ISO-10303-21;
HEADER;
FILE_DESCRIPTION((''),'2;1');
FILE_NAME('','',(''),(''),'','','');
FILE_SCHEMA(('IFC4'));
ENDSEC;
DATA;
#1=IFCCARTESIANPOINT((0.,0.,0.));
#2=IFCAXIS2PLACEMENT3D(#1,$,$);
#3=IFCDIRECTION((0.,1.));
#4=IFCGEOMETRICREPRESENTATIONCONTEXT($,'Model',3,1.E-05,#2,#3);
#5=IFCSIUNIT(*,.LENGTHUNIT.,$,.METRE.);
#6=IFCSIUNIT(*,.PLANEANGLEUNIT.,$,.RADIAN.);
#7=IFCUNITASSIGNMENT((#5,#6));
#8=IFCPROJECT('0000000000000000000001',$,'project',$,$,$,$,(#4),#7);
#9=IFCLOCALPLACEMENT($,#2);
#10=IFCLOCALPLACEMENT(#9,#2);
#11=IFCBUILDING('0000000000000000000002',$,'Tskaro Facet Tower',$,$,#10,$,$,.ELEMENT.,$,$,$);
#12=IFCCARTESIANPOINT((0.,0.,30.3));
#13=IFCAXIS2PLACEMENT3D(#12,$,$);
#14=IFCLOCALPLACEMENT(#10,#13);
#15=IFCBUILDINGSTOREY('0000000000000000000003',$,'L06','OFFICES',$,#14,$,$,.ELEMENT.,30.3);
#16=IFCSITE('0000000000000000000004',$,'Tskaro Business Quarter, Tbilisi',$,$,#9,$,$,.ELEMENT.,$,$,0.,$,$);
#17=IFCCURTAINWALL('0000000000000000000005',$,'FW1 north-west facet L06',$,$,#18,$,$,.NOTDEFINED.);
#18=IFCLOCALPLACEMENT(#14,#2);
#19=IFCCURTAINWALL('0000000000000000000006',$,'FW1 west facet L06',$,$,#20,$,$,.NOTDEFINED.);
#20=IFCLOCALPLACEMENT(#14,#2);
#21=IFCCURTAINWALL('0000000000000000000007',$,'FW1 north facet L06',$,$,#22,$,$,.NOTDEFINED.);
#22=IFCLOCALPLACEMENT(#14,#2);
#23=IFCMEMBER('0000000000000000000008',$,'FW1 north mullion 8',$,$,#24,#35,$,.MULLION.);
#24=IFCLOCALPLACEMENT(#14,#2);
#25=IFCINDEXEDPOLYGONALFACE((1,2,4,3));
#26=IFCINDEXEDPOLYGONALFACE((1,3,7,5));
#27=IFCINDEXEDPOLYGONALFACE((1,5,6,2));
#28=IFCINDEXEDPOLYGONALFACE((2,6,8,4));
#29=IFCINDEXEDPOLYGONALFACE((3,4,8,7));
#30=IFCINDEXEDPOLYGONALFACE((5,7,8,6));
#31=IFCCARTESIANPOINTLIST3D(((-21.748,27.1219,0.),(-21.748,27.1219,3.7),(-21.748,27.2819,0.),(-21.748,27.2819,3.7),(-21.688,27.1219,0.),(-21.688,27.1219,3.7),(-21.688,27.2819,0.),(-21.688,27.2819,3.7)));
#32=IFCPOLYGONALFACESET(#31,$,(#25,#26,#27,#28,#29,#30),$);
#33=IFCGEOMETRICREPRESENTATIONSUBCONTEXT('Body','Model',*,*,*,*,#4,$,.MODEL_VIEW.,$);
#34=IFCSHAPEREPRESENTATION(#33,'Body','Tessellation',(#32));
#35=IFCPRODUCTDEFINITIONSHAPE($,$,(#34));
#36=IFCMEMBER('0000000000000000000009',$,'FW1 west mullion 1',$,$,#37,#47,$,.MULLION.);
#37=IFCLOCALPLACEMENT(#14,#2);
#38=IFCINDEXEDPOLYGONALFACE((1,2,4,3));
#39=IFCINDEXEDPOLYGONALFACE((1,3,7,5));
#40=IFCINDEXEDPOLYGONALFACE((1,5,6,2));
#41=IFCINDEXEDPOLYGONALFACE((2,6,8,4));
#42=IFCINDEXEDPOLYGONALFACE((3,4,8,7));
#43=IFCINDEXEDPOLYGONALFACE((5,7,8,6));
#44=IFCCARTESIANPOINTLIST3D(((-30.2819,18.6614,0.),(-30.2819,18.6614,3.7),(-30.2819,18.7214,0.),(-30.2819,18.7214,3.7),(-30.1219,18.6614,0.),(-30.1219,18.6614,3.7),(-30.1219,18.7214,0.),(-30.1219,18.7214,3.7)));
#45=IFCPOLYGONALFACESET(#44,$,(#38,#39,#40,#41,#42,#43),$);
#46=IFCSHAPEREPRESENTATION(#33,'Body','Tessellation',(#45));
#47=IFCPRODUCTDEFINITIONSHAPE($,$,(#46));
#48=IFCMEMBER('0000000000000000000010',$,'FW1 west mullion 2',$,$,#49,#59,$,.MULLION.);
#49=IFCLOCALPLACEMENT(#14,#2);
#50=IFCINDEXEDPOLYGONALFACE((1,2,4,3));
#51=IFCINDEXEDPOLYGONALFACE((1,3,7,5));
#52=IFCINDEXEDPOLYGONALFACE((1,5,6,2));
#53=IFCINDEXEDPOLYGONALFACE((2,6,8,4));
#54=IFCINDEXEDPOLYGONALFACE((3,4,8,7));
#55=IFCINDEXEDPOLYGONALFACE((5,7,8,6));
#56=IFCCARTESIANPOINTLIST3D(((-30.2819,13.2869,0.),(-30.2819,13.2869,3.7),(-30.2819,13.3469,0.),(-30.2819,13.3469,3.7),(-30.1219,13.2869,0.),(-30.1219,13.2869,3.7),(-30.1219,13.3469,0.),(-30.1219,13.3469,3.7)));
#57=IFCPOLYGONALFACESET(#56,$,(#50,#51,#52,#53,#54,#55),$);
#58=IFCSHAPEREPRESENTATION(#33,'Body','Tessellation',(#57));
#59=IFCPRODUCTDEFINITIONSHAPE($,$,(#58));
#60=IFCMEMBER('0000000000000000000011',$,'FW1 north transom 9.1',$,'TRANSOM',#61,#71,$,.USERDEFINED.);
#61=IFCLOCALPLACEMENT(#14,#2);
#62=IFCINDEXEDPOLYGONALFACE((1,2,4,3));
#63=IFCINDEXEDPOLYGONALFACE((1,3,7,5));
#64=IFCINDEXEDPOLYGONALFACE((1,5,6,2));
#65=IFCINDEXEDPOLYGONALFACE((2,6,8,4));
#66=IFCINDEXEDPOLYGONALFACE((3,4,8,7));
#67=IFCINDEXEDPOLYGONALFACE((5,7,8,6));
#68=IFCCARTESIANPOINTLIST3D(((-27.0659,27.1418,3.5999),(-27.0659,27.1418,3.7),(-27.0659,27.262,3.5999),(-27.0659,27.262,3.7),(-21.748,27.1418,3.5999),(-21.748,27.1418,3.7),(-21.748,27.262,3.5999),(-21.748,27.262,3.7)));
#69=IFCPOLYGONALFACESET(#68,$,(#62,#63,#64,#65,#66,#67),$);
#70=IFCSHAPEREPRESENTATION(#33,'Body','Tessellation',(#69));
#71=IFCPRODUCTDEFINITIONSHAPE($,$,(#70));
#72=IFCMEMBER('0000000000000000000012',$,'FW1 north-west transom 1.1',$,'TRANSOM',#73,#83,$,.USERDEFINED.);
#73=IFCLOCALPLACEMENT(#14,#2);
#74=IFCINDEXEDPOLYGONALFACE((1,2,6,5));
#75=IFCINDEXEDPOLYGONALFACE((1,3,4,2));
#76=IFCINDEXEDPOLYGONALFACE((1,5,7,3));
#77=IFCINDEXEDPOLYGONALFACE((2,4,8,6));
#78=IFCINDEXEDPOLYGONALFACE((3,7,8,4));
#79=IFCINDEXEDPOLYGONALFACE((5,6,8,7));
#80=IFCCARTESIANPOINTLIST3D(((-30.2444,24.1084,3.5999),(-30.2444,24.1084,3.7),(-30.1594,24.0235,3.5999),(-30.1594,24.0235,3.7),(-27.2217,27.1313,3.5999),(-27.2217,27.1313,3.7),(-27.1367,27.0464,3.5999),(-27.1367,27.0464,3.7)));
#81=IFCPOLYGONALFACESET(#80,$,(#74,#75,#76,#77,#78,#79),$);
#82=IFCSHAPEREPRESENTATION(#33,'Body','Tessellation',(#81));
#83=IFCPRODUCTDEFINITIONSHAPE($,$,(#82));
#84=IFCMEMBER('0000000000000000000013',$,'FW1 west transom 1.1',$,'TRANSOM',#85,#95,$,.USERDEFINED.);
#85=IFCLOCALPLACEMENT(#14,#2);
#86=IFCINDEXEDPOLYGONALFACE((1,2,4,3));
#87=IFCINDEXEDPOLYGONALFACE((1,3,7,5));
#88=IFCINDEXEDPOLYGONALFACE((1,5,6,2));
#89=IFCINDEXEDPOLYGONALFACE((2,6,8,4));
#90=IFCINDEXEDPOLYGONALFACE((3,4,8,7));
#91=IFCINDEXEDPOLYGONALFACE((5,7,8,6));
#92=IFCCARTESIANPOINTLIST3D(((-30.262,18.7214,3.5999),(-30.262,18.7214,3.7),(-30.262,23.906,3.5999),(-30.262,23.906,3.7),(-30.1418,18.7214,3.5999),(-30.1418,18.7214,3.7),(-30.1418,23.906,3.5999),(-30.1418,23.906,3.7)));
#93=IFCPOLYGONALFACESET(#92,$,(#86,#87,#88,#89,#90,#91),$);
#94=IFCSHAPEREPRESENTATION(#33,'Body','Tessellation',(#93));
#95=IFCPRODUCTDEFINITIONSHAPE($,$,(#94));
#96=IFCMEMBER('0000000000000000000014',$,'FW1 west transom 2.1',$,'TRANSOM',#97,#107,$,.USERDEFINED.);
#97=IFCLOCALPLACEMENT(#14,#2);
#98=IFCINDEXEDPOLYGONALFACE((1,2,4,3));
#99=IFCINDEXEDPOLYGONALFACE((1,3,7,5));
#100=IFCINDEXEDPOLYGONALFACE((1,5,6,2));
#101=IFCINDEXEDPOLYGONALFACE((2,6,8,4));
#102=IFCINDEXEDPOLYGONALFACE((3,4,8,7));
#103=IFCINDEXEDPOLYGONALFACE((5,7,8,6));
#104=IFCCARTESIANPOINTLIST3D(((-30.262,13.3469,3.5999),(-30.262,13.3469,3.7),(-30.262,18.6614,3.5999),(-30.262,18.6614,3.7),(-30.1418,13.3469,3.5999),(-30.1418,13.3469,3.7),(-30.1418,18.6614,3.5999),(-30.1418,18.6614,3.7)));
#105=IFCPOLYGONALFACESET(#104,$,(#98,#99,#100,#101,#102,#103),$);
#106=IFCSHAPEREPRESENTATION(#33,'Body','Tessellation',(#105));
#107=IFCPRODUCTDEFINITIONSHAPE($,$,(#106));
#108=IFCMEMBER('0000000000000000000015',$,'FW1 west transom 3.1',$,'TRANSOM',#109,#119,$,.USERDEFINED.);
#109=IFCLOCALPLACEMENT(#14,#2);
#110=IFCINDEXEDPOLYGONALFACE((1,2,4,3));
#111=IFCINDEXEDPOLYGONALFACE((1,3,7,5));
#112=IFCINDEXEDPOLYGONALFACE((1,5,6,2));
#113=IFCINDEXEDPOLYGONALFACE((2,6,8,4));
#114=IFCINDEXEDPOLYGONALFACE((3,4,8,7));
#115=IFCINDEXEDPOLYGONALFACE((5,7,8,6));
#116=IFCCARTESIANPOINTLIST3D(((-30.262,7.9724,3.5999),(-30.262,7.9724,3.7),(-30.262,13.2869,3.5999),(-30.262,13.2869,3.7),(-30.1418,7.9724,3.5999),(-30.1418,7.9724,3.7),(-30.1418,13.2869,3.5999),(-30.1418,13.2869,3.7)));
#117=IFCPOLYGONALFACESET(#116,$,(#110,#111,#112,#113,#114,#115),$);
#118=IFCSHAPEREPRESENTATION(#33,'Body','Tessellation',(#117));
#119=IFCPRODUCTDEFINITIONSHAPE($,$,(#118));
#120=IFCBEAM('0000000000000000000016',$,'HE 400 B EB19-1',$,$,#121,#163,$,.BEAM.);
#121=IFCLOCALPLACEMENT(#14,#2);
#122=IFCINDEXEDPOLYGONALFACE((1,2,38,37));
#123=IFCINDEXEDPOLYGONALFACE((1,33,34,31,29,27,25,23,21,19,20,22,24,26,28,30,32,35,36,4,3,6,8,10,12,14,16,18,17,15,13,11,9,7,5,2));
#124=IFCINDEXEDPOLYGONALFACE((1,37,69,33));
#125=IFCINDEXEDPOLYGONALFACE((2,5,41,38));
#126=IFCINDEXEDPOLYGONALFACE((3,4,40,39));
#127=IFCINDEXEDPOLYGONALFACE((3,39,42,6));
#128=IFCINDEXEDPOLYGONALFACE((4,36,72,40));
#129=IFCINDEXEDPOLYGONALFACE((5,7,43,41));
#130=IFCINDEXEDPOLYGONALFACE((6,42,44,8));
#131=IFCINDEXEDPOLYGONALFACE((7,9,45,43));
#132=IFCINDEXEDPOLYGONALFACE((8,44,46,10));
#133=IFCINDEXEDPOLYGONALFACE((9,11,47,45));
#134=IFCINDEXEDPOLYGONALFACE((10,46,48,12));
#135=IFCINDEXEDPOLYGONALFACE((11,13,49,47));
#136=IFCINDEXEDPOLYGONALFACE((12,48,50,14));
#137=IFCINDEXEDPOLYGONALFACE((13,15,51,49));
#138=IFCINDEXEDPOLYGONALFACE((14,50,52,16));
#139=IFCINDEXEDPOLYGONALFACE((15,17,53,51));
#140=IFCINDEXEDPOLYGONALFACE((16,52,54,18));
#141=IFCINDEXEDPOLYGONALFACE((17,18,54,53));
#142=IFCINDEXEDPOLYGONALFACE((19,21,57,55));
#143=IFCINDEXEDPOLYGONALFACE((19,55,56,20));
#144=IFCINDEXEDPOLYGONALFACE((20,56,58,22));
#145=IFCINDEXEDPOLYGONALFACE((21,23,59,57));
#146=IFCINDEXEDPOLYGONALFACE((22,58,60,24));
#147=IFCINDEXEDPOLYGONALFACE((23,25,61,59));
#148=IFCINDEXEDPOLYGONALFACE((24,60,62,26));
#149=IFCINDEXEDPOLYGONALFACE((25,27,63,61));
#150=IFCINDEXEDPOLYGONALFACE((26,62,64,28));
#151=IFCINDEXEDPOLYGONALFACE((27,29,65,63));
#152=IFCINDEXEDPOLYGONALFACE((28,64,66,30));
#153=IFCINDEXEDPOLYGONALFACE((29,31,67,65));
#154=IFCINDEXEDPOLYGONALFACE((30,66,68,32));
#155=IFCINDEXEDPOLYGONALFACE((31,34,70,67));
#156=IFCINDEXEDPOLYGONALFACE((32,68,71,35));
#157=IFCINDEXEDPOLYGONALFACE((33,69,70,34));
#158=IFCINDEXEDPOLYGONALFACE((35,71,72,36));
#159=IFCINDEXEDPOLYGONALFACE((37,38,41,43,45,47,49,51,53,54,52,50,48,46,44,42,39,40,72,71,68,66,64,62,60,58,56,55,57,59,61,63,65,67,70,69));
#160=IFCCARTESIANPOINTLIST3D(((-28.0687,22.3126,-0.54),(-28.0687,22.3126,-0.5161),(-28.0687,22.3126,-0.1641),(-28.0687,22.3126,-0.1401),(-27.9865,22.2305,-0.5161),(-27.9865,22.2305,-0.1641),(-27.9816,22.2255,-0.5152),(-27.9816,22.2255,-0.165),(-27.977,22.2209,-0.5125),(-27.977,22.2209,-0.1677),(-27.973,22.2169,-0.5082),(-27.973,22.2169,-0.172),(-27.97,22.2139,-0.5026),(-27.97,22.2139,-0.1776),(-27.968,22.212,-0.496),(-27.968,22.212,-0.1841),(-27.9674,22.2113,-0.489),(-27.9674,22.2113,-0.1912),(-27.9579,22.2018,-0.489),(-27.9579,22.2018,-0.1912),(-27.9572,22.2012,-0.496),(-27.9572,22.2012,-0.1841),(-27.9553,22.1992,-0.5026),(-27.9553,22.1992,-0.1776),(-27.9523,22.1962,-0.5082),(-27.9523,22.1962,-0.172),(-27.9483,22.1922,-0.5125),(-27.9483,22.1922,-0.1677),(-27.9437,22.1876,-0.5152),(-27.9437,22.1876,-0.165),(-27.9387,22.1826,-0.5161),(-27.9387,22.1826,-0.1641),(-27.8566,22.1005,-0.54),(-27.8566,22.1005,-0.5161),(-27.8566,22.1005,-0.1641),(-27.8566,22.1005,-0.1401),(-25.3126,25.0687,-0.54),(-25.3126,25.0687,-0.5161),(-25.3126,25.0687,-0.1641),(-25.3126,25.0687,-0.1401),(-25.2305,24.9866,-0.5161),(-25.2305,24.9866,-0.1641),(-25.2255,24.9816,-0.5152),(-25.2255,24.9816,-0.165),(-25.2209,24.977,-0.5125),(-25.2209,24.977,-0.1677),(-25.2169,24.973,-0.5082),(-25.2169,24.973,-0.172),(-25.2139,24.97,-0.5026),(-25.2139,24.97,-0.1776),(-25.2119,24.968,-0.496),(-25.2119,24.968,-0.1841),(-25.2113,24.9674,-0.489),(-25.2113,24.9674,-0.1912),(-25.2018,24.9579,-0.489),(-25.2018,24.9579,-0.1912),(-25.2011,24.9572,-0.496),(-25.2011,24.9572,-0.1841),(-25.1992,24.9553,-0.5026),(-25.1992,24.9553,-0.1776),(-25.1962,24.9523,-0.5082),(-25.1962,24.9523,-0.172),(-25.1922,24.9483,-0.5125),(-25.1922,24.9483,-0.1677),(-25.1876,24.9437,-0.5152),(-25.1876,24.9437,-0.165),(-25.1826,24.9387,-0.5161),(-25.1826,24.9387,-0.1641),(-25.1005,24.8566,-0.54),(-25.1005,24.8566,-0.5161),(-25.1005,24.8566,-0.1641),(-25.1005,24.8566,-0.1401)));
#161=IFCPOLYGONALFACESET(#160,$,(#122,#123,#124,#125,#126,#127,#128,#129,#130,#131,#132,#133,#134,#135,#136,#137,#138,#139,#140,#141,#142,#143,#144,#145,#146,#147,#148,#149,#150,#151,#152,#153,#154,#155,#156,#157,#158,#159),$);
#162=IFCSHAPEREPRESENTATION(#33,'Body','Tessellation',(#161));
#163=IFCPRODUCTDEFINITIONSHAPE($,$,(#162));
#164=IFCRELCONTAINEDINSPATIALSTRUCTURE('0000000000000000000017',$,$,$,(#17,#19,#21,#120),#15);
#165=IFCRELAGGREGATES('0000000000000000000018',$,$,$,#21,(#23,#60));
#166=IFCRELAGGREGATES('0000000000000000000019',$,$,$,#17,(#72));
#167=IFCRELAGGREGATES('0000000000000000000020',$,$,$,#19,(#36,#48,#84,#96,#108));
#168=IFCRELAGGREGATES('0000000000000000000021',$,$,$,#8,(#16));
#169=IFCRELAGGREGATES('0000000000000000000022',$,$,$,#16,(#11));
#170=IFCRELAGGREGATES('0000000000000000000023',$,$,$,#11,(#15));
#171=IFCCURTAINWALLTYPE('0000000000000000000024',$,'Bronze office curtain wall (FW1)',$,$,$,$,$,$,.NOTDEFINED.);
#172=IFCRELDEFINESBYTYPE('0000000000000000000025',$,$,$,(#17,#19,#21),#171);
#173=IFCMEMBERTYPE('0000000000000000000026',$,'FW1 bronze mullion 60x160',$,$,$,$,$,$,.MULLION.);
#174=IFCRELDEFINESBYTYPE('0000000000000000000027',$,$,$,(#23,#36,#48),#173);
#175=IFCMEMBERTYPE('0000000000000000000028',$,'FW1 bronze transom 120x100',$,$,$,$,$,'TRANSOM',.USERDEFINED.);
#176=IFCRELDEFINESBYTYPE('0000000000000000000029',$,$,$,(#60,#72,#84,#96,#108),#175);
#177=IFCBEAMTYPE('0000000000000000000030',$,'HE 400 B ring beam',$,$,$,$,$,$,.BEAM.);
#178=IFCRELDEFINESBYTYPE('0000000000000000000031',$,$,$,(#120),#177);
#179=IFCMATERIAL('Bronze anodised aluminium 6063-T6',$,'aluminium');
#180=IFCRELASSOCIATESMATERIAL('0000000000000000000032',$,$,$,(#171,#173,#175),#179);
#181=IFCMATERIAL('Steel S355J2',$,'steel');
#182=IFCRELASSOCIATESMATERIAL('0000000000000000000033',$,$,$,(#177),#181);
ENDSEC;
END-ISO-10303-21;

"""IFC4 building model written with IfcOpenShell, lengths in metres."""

from ifc_helpers import new_model, si_unit, direction, frame, origin, origin_2d, place, context, subcontext, project, spatial, rectangle, i_section, extrude, material, material_profile, profile_set, type_object, element, aggregate, save


model = new_model("IFC4")

# Units and contexts
model_context = context("Model", 3, precision=1e-05, world=origin(), true_north=direction((0.0, 1.0)))
body_context = subcontext(model_context, "Body", "Model", "MODEL_VIEW")
ifc_project = project(units=[si_unit("LENGTHUNIT", "METRE"), si_unit("PLANEANGLEUNIT", "RADIAN")], contexts=[model_context])

# Site, building, storey
site_placement = place(None, origin())
site = spatial("IfcSite", under=ifc_project, at=site_placement, Name="Tskaro Business Quarter, Tbilisi", CompositionType="ELEMENT", RefElevation=0.0)
building_placement = place(site_placement, origin())
building = spatial("IfcBuilding", under=site, at=building_placement, Name="Tskaro Facet Tower", CompositionType="ELEMENT")
storey_placement = place(building_placement, frame((0.0, 0.0, 30.3)))
storey = spatial("IfcBuildingStorey", under=building, at=storey_placement, Name="L06", Description="OFFICES", CompositionType="ELEMENT", Elevation=30.3)

# Curtain walls, member
ifc_material_1 = material(Name="Bronze anodised aluminium 6063-T6", Category="aluminium")
curtain_wall_type = type_object("IfcCurtainWallType", Name="Bronze office curtain wall (FW1)", PredefinedType="NOTDEFINED", material=ifc_material_1)
curtain_wall_1_placement = place(storey_placement, origin())
curtain_wall_1 = element("IfcCurtainWall", 1, at=curtain_wall_1_placement, inside=storey, type_object=curtain_wall_type, Name="FW1 north-west facet L06", PredefinedType="NOTDEFINED")
curtain_wall_2_placement = place(storey_placement, origin())
curtain_wall_2 = element("IfcCurtainWall", 2, at=curtain_wall_2_placement, inside=storey, type_object=curtain_wall_type, Name="FW1 west facet L06", PredefinedType="NOTDEFINED")
curtain_wall_3_placement = place(storey_placement, origin())
curtain_wall_3 = element("IfcCurtainWall", 3, at=curtain_wall_3_placement, inside=storey, type_object=curtain_wall_type, Name="FW1 north facet L06", PredefinedType="NOTDEFINED")
ifc_material_profile_1 = material_profile(ifc_material_1, rectangle(XDim=0.0601, YDim=0.1599, at=origin_2d()), Name="Mullion 60x160")
ifc_profile_set_1 = profile_set([ifc_material_profile_1], Name="Bronze anodised aluminium 6063-T6")
member_type_1 = type_object("IfcMemberType", Name="FW1 bronze mullion 60x160", PredefinedType="MULLION", material=ifc_profile_set_1)
member_1_placement = place(storey_placement, frame((-21.718, 27.2019, 0.0), z_axis=(0.0, 0.0, 1.0), x_axis=(-1.0, 0.0, 0.0)))
member_1 = element("IfcMember", 4, at=member_1_placement, type_object=member_type_1, Name="FW1 north mullion 8", PredefinedType="MULLION", context=body_context, shape_type="SweptSolid", body=[
    extrude(rectangle(XDim=0.0601, YDim=0.1599, at=origin_2d()), origin(), (0.0, 0.0, 1.0), 3.7),
])

# Members
member_2_placement = place(storey_placement, frame((-30.2019, 18.6914, 0.0), z_axis=(0.0, 0.0, 1.0), x_axis=(0.0, -1.0, 0.0)))
member_2 = element("IfcMember", 5, at=member_2_placement, type_object=member_type_1, Name="FW1 west mullion 1", PredefinedType="MULLION", context=body_context, shape_type="SweptSolid", body=[
    extrude(rectangle(XDim=0.0601, YDim=0.1599, at=origin_2d()), origin(), (0.0, 0.0, 1.0), 3.7),
])
member_3_placement = place(storey_placement, frame((-30.2019, 13.3169, 0.0), z_axis=(0.0, 0.0, 1.0), x_axis=(0.0, -1.0, 0.0)))
member_3 = element("IfcMember", 6, at=member_3_placement, type_object=member_type_1, Name="FW1 west mullion 2", PredefinedType="MULLION", context=body_context, shape_type="SweptSolid", body=[
    extrude(rectangle(XDim=0.0601, YDim=0.1599, at=origin_2d()), origin(), (0.0, 0.0, 1.0), 3.7),
])
ifc_material_profile_2 = material_profile(ifc_material_1, rectangle(XDim=0.1201, YDim=0.1001, at=origin_2d()), Name="Transom 120x100")
ifc_profile_set_2 = profile_set([ifc_material_profile_2], Name="Bronze anodised aluminium 6063-T6")
member_type_2 = type_object("IfcMemberType", Name="FW1 bronze transom 120x100", ElementType="TRANSOM", PredefinedType="USERDEFINED", material=ifc_profile_set_2)
member_4_placement = place(storey_placement, frame((-21.748, 27.2019, 3.6499), z_axis=(-1.0, 0.0, 0.0), x_axis=(0.0, -1.0, 0.0)))
member_4 = element("IfcMember", 7, at=member_4_placement, type_object=member_type_2, Name="FW1 north transom 9.1", ObjectType="TRANSOM", PredefinedType="USERDEFINED", context=body_context, shape_type="SweptSolid", body=[
    extrude(rectangle(XDim=0.1201, YDim=0.1001, at=origin_2d()), origin(), (0.0, 0.0, 1.0), 5.3179),
])
member_5_placement = place(storey_placement, frame((-27.1792, 27.0889, 3.6499), z_axis=(-0.707078, -0.707135, 0.0), x_axis=(0.707135, -0.707078, 0.0)))
member_5 = element("IfcMember", 8, at=member_5_placement, type_object=member_type_2, Name="FW1 north-west transom 1.1", ObjectType="TRANSOM", PredefinedType="USERDEFINED", context=body_context, shape_type="SweptSolid", body=[
    extrude(rectangle(XDim=0.1201, YDim=0.1001, at=origin_2d()), origin(), (0.0, 0.0, 1.0), 4.2749),
])
member_6_placement = place(storey_placement, frame((-30.2019, 23.906, 3.6499), z_axis=(0.0, -1.0, 0.0), x_axis=(1.0, 0.0, 0.0)))
member_6 = element("IfcMember", 9, at=member_6_placement, type_object=member_type_2, Name="FW1 west transom 1.1", ObjectType="TRANSOM", PredefinedType="USERDEFINED", context=body_context, shape_type="SweptSolid", body=[
    extrude(rectangle(XDim=0.1201, YDim=0.1001, at=origin_2d()), origin(), (0.0, 0.0, 1.0), 5.1846),
])
member_7_placement = place(storey_placement, frame((-30.2019, 18.6614, 3.6499), z_axis=(0.0, -1.0, 0.0), x_axis=(1.0, 0.0, 0.0)))
member_7 = element("IfcMember", 10, at=member_7_placement, type_object=member_type_2, Name="FW1 west transom 2.1", ObjectType="TRANSOM", PredefinedType="USERDEFINED", context=body_context, shape_type="SweptSolid", body=[
    extrude(rectangle(XDim=0.1201, YDim=0.1001, at=origin_2d()), origin(), (0.0, 0.0, 1.0), 5.3145),
])
member_8_placement = place(storey_placement, frame((-30.2019, 13.2869, 3.6499), z_axis=(0.0, -1.0, 0.0), x_axis=(1.0, 0.0, 0.0)))
member_8 = element("IfcMember", 11, at=member_8_placement, type_object=member_type_2, Name="FW1 west transom 3.1", ObjectType="TRANSOM", PredefinedType="USERDEFINED", context=body_context, shape_type="SweptSolid", body=[
    extrude(rectangle(XDim=0.1201, YDim=0.1001, at=origin_2d()), origin(), (0.0, 0.0, 1.0), 5.3145),
])

# Beam
ifc_material_2 = material(Name="Steel S355J2", Category="steel")
ifc_material_profile_3 = material_profile(ifc_material_2, i_section(OverallWidth=0.3, OverallDepth=0.3999, WebThickness=0.0134, FlangeThickness=0.0239, FilletRadius=0.0271, at=origin_2d()), Name="HE 400 B")
ifc_profile_set_3 = profile_set([ifc_material_profile_3], Name="Steel S355J2")
beam_type_1 = type_object("IfcBeamType", Name="HE 400 B ring beam", PredefinedType="BEAM", material=ifc_profile_set_3)
beam_1_placement = place(storey_placement, frame((-25.2065, 24.9626, -0.3401), z_axis=(-0.707107, -0.707107, 0.0), x_axis=(0.707107, -0.707107, 0.0)))
element("IfcBeam", 12, at=beam_1_placement, inside=storey, type_object=beam_type_1, Name="HE 400 B EB19-1", PredefinedType="BEAM", context=body_context, shape_type="SweptSolid", body=[
    extrude(i_section(OverallWidth=0.3, OverallDepth=0.3999, WebThickness=0.0134, FlangeThickness=0.0239, FilletRadius=0.0271, at=origin_2d()), origin(), (0.0, 0.0, 1.0), 3.8977),
])

aggregate(curtain_wall_3, [member_1, member_4])
aggregate(curtain_wall_1, [member_5])
aggregate(curtain_wall_2, [member_2, member_3, member_6, member_7, member_8])

save(model, "model.ifc")
